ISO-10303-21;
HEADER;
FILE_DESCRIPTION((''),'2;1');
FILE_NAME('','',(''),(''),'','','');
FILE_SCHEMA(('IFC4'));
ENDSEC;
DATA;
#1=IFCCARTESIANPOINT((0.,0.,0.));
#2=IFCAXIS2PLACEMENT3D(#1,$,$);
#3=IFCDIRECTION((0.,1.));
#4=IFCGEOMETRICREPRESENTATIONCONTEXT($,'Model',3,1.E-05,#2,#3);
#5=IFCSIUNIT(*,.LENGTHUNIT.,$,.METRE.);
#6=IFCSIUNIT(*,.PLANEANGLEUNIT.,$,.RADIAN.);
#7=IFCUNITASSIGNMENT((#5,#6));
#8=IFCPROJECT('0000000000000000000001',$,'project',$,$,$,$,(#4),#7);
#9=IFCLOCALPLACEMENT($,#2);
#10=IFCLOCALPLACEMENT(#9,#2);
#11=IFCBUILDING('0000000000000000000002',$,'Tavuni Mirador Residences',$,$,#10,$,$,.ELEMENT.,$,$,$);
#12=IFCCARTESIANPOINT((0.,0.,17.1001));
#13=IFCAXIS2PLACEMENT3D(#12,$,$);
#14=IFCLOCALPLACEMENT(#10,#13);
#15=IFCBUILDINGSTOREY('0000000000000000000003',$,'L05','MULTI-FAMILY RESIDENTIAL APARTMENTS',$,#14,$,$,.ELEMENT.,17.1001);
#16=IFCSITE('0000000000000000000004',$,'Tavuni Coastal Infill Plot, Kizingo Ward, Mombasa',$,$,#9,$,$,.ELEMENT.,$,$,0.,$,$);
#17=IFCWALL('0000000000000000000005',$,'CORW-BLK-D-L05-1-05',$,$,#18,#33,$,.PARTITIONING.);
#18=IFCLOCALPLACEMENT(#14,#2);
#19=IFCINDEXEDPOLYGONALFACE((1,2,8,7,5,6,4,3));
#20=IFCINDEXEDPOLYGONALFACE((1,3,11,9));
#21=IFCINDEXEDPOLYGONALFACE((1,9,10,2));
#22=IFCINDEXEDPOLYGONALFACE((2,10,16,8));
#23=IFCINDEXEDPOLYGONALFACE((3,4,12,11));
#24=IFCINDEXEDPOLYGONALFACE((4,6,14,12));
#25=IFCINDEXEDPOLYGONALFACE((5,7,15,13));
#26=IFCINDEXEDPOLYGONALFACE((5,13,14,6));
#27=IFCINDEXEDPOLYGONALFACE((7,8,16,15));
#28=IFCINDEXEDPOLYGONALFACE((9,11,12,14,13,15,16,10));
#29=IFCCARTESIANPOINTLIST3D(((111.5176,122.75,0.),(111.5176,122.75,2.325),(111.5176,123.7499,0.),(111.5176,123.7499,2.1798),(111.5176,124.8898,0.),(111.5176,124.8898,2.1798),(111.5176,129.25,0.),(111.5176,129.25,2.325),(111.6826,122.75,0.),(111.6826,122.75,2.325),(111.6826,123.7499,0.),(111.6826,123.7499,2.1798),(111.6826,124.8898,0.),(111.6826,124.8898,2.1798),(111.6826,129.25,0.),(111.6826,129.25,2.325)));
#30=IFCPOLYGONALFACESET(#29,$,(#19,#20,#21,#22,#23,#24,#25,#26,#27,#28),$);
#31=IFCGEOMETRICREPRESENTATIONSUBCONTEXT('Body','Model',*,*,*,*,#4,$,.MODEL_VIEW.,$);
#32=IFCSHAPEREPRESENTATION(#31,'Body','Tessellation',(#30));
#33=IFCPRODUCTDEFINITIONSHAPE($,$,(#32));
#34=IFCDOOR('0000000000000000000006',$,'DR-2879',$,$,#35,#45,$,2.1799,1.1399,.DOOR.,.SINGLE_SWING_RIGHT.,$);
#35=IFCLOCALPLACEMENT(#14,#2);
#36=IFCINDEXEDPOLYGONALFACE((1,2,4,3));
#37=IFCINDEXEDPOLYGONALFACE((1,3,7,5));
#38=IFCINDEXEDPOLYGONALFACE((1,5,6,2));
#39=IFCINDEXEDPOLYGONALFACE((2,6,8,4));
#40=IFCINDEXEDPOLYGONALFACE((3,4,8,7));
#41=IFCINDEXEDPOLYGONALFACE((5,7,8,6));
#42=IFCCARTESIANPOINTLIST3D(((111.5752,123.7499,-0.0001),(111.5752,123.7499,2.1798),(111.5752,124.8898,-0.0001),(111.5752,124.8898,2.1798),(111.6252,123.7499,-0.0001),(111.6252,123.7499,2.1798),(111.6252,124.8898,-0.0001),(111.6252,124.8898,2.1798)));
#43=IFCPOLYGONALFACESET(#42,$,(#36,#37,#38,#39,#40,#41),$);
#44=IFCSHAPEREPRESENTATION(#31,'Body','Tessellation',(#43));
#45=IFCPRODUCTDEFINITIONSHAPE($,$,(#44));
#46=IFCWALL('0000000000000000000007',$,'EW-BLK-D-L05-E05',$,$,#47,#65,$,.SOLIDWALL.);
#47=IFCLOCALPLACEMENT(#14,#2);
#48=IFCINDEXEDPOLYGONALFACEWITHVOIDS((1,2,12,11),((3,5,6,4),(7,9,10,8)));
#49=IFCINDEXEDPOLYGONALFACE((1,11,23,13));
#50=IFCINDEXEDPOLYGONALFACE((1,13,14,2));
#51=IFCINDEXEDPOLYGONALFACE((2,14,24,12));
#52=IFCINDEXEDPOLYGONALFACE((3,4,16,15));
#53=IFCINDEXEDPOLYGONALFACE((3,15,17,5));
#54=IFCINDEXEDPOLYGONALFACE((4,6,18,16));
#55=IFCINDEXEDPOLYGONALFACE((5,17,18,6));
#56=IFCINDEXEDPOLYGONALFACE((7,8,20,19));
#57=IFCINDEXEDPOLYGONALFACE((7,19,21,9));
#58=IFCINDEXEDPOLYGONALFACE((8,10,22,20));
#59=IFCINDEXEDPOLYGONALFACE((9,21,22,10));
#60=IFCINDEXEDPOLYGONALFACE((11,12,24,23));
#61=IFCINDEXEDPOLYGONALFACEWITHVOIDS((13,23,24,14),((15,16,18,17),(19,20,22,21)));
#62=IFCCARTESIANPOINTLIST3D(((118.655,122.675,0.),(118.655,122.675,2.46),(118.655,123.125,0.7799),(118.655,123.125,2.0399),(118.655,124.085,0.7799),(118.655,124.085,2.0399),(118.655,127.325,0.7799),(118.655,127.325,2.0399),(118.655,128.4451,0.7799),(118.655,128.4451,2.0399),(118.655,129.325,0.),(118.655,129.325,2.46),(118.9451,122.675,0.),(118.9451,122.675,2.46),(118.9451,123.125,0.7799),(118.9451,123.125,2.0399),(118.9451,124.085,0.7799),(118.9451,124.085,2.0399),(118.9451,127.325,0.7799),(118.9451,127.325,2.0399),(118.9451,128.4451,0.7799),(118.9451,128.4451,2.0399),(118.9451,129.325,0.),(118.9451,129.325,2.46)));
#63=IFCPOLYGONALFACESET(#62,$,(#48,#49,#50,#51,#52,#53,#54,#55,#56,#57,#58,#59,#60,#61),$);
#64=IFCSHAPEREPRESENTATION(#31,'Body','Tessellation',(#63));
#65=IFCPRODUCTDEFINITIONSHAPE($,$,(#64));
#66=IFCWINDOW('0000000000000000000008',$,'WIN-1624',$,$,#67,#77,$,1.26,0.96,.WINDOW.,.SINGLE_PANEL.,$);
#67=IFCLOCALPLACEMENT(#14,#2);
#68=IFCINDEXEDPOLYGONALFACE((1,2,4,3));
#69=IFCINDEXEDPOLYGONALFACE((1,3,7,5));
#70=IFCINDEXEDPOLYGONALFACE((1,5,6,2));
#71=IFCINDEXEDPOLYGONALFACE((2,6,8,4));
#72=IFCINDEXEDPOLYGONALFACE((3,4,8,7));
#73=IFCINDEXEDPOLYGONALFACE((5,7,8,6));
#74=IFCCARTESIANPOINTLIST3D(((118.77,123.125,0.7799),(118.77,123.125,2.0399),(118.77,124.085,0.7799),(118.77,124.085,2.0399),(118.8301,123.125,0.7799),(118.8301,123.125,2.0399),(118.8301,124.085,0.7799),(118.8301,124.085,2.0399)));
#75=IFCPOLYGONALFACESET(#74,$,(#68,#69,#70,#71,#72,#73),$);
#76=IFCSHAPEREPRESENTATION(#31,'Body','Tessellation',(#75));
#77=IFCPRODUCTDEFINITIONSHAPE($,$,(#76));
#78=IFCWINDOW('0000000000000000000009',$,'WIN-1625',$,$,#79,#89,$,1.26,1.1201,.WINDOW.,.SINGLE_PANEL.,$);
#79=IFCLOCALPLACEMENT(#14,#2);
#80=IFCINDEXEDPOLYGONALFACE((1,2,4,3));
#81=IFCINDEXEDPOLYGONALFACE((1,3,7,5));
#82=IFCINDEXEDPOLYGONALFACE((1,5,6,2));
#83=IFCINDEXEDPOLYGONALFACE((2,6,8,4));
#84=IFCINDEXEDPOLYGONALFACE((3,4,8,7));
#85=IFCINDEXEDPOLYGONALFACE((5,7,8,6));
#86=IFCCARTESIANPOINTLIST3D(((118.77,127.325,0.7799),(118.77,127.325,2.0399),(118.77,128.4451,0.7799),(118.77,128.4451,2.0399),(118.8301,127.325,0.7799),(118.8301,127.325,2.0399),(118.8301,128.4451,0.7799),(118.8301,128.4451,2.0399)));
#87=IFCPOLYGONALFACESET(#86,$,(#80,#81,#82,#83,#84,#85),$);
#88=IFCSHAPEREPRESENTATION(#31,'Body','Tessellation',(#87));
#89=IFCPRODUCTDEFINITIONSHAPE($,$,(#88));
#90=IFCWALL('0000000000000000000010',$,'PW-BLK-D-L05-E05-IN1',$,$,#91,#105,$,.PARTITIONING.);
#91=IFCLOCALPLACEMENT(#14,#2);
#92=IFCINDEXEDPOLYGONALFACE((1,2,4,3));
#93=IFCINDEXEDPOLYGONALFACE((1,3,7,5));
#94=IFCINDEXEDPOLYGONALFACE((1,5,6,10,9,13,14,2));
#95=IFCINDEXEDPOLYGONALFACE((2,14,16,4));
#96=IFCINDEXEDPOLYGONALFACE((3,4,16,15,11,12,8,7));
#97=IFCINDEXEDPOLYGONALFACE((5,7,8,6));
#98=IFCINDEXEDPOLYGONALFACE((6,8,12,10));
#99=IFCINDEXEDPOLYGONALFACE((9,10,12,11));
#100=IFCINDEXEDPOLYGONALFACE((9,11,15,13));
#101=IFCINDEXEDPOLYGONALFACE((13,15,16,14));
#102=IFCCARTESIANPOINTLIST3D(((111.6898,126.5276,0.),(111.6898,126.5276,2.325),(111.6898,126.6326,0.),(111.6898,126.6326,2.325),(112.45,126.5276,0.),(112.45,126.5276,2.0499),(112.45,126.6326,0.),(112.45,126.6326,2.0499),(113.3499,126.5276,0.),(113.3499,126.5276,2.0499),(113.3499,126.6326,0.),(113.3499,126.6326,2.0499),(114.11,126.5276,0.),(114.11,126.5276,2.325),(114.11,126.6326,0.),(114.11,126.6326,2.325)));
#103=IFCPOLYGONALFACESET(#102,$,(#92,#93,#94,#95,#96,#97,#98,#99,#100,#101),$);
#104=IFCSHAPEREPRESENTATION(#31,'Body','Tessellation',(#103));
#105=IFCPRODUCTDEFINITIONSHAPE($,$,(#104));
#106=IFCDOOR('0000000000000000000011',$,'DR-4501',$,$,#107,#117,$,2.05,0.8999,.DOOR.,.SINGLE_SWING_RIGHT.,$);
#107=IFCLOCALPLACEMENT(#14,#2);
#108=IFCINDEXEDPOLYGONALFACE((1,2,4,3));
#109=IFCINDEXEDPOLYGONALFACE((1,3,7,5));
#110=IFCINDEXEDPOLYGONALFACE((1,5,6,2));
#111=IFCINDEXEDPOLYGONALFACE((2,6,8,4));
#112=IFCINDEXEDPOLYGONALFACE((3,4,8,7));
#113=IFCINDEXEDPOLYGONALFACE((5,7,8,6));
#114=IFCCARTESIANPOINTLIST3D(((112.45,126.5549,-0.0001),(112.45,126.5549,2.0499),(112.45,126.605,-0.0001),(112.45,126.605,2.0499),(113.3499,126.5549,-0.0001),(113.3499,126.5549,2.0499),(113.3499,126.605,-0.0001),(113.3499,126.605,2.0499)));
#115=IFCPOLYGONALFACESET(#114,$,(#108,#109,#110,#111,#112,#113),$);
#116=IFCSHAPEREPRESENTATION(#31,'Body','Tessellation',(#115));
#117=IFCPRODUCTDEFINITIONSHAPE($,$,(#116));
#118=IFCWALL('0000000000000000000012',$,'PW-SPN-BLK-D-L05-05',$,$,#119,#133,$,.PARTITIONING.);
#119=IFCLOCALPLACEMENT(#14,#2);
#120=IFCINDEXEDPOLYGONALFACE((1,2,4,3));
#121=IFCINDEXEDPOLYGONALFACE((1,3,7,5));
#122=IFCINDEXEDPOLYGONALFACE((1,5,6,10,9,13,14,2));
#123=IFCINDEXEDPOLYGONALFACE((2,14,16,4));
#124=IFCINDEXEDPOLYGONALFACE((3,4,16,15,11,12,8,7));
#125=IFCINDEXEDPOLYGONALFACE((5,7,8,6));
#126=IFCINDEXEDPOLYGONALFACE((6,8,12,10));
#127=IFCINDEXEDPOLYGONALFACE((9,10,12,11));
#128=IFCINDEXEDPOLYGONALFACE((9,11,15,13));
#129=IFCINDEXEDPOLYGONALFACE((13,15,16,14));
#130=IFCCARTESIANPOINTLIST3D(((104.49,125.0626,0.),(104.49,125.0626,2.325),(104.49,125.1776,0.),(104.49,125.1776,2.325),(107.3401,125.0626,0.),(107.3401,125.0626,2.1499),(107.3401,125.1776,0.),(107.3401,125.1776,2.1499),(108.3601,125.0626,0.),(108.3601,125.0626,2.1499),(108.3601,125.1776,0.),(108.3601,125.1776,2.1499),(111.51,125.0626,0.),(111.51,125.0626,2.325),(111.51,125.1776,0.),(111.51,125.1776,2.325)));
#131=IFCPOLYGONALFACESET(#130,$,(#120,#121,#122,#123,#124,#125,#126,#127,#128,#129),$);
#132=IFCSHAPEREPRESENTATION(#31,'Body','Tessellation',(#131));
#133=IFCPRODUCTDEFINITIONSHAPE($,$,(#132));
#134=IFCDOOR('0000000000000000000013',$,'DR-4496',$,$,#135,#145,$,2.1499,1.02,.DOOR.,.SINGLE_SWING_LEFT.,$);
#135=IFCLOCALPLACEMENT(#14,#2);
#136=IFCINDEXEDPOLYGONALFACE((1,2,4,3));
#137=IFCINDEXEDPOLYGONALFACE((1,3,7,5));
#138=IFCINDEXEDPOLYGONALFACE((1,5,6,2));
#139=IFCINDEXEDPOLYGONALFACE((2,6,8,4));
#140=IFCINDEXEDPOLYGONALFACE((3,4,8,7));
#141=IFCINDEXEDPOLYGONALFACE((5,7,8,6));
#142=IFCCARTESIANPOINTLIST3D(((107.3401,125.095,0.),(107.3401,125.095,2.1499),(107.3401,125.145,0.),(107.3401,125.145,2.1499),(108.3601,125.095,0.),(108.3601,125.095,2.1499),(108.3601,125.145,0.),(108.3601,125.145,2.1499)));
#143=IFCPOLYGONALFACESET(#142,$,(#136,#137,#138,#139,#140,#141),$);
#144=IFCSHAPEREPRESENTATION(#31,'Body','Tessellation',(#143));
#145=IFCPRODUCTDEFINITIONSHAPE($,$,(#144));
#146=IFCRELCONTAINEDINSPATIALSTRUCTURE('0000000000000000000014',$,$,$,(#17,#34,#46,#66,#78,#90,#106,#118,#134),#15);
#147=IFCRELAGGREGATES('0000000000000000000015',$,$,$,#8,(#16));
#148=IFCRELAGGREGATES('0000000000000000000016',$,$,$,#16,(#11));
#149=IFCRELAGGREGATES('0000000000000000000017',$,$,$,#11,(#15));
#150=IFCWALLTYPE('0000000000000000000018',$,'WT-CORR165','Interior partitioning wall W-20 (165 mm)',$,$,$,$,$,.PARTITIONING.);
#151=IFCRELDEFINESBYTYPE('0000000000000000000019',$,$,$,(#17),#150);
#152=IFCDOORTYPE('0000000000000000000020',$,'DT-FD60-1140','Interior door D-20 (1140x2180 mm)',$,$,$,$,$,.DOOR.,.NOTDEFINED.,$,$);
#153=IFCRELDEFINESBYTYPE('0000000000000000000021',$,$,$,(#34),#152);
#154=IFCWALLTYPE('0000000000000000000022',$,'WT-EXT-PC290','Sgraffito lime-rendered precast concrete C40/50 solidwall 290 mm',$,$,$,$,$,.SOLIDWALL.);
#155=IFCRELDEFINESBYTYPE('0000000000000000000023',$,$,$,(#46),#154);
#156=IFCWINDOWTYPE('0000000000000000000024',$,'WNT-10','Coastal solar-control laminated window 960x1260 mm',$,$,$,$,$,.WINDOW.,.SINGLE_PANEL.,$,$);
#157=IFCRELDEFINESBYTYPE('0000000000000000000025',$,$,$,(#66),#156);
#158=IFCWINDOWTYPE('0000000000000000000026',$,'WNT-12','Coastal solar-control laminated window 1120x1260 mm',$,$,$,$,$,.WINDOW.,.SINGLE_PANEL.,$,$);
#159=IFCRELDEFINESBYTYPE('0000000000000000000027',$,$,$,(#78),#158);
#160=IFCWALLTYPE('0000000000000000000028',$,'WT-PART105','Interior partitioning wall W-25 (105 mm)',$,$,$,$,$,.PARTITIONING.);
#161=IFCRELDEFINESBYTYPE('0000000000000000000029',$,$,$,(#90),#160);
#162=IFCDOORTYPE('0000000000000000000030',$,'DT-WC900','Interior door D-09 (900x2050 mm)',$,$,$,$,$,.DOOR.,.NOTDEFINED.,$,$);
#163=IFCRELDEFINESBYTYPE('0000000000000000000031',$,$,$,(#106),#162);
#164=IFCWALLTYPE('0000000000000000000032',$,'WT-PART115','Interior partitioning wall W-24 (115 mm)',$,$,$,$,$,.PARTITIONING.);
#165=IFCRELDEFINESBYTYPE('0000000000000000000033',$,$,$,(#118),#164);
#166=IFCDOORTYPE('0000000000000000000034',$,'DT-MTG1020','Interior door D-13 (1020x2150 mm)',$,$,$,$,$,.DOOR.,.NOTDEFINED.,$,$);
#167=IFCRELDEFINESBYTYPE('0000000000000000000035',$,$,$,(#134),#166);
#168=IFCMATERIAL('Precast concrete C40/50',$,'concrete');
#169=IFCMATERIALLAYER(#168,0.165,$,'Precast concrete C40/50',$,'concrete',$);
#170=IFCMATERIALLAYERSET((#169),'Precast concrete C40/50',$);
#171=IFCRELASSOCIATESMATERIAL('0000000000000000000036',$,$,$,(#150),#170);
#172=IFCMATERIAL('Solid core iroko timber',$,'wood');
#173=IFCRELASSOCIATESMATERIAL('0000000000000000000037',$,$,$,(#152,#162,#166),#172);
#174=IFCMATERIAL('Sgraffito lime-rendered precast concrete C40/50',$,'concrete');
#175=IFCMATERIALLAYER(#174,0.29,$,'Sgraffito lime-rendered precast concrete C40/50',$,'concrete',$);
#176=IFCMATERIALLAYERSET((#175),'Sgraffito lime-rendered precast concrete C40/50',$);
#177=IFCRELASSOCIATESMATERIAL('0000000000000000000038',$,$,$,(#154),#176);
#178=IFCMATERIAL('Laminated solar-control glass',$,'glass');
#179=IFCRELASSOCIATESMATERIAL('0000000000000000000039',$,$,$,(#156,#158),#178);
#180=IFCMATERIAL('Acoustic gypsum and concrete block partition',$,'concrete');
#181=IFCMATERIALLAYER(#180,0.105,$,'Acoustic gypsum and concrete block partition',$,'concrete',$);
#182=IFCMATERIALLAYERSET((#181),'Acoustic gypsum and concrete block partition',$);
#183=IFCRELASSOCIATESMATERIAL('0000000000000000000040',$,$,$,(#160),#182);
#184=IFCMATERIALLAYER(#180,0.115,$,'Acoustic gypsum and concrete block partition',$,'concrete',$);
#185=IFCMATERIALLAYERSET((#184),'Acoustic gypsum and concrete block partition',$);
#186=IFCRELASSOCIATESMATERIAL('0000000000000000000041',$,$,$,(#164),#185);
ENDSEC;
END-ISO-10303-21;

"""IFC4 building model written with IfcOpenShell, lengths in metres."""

from ifc_helpers import new_model, si_unit, direction, frame, frame_2d, origin, place, context, subcontext, project, spatial, rectangle, extrude, material, layer, layer_set, type_object, element, fill, save


model = new_model("IFC4")

# Units and contexts
model_context = context("Model", 3, precision=1e-05, world=origin(), true_north=direction((0.0, 1.0)))
body_context = subcontext(model_context, "Body", "Model", "MODEL_VIEW")
ifc_project = project(units=[si_unit("LENGTHUNIT", "METRE"), si_unit("PLANEANGLEUNIT", "RADIAN")], contexts=[model_context])

# Site, building, storey
site_placement = place(None, origin())
site = spatial("IfcSite", under=ifc_project, at=site_placement, Name="Tavuni Coastal Infill Plot, Kizingo Ward, Mombasa", CompositionType="ELEMENT", RefElevation=0.0)
building_placement = place(site_placement, origin())
building = spatial("IfcBuilding", under=site, at=building_placement, Name="Tavuni Mirador Residences", CompositionType="ELEMENT")
storey_placement = place(building_placement, frame((0.0, 0.0, 17.1001)))
storey = spatial("IfcBuildingStorey", under=building, at=storey_placement, Name="L05", Description="MULTI-FAMILY RESIDENTIAL APARTMENTS", CompositionType="ELEMENT", Elevation=17.1001)

# Shared definitions
ifc_material_1 = material(Name="Precast concrete C40/50", Category="concrete")

# Wall, opening, door
ifc_layer_1 = layer(ifc_material_1, 0.165, Name="Precast concrete C40/50", Category="concrete")
ifc_layer_set_1 = layer_set([ifc_layer_1], Name="Precast concrete C40/50")
wall_type_1 = type_object("IfcWallType", Name="WT-CORR165", Description="Interior partitioning wall W-20 (165 mm)", PredefinedType="PARTITIONING", material=ifc_layer_set_1)
wall_1_placement = place(storey_placement, frame((111.6001, 122.75, 0.0), z_axis=(0.0, 0.0, 1.0), x_axis=(0.0, 1.0, 0.0)))
wall_1 = element("IfcWall", 1, at=wall_1_placement, inside=storey, type_object=wall_type_1, Name="CORW-BLK-D-L05-1-05", PredefinedType="PARTITIONING", context=body_context, shape_type="SweptSolid", body=[
    extrude(rectangle(XDim=6.5, YDim=0.165, at=frame_2d((3.25, 0.0))), origin(), (0.0, 0.0, 1.0), 2.325),
])
opening_1_placement = place(wall_1_placement, frame((1.0, 0.0, 0.0)))
opening_1 = element("IfcOpeningElement", 2, at=opening_1_placement, cuts=wall_1, PredefinedType="OPENING", context=body_context, shape_type="SweptSolid", body=[
    extrude(rectangle(XDim=1.1399, YDim=2.1799, at=frame_2d((0.5698, 1.0898))), frame((0.0, 0.0925, 0.0), z_axis=(0.0, -1.0, 0.0), x_axis=(1.0, 0.0, 0.0)), (0.0, 0.0, 1.0), 0.1851),
])
ifc_material_2 = material(Name="Solid core iroko timber", Category="wood")
door_type_1 = type_object("IfcDoorType", Name="DT-FD60-1140", Description="Interior door D-20 (1140x2180 mm)", OperationType="NOTDEFINED", PredefinedType="DOOR", material=ifc_material_2)
door_1_placement = place(opening_1_placement, origin())
door_1 = element("IfcDoor", 3, at=door_1_placement, inside=storey, type_object=door_type_1, Name="DR-2879", OperationType="SINGLE_SWING_RIGHT", OverallHeight=2.1799, OverallWidth=1.1399, PredefinedType="DOOR", context=body_context, shape_type="SweptSolid", body=[
    extrude(rectangle(XDim=1.1399, YDim=2.1799, at=frame_2d((0.5698, 1.0898))), frame((0.0, 0.0249, 0.0), z_axis=(0.0, -1.0, 0.0), x_axis=(1.0, 0.0, 0.0)), (0.0, 0.0, 1.0), 0.05),
])
fill(opening_1, door_1)

# Wall, openings, windows
ifc_material_3 = material(Name="Sgraffito lime-rendered precast concrete C40/50", Category="concrete")
ifc_layer_2 = layer(ifc_material_3, 0.29, Name="Sgraffito lime-rendered precast concrete C40/50", Category="concrete")
ifc_layer_set_2 = layer_set([ifc_layer_2], Name="Sgraffito lime-rendered precast concrete C40/50")
wall_type_2 = type_object("IfcWallType", Name="WT-EXT-PC290", Description="Sgraffito lime-rendered precast concrete C40/50 solidwall 290 mm", PredefinedType="SOLIDWALL", material=ifc_layer_set_2)
wall_2_placement = place(storey_placement, frame((118.8, 122.675, 0.0), z_axis=(0.0, 0.0, 1.0), x_axis=(0.0, 1.0, 0.0)))
wall_2 = element("IfcWall", 4, at=wall_2_placement, inside=storey, type_object=wall_type_2, Name="EW-BLK-D-L05-E05", PredefinedType="SOLIDWALL", context=body_context, shape_type="SweptSolid", body=[
    extrude(rectangle(XDim=6.6499, YDim=0.29, at=frame_2d((3.325, 0.0))), origin(), (0.0, 0.0, 1.0), 2.46),
])
opening_2_placement = place(wall_2_placement, frame((0.45, 0.0, 0.78)))
opening_2 = element("IfcOpeningElement", 5, at=opening_2_placement, cuts=wall_2, PredefinedType="OPENING", context=body_context, shape_type="SweptSolid", body=[
    extrude(rectangle(XDim=0.96, YDim=1.26, at=frame_2d((0.48, 0.6299))), frame((0.0, 0.155, 0.0), z_axis=(0.0, -1.0, 0.0), x_axis=(1.0, 0.0, 0.0)), (0.0, 0.0, 1.0), 0.3101),
])
opening_3_placement = place(wall_2_placement, frame((4.6499, 0.0, 0.78)))
opening_3 = element("IfcOpeningElement", 6, at=opening_3_placement, cuts=wall_2, PredefinedType="OPENING", context=body_context, shape_type="SweptSolid", body=[
    extrude(rectangle(XDim=1.1201, YDim=1.26, at=frame_2d((0.5601, 0.6299))), frame((0.0, 0.155, 0.0), z_axis=(0.0, -1.0, 0.0), x_axis=(1.0, 0.0, 0.0)), (0.0, 0.0, 1.0), 0.3101),
])
ifc_material_4 = material(Name="Laminated solar-control glass", Category="glass")
window_type_1 = type_object("IfcWindowType", Name="WNT-10", Description="Coastal solar-control laminated window 960x1260 mm", PartitioningType="SINGLE_PANEL", PredefinedType="WINDOW", material=ifc_material_4)
window_1_placement = place(opening_2_placement, origin())
window_1 = element("IfcWindow", 7, at=window_1_placement, inside=storey, type_object=window_type_1, Name="WIN-1624", OverallHeight=1.26, OverallWidth=0.96, PartitioningType="SINGLE_PANEL", PredefinedType="WINDOW", context=body_context, shape_type="SweptSolid", body=[
    extrude(rectangle(XDim=0.96, YDim=1.26, at=frame_2d((0.48, 0.6299))), frame((0.0, 0.03, 0.0), z_axis=(0.0, -1.0, 0.0), x_axis=(1.0, 0.0, 0.0)), (0.0, 0.0, 1.0), 0.0601),
])
fill(opening_2, window_1)
window_type_2 = type_object("IfcWindowType", Name="WNT-12", Description="Coastal solar-control laminated window 1120x1260 mm", PartitioningType="SINGLE_PANEL", PredefinedType="WINDOW", material=ifc_material_4)
window_2_placement = place(opening_3_placement, origin())
window_2 = element("IfcWindow", 8, at=window_2_placement, inside=storey, type_object=window_type_2, Name="WIN-1625", OverallHeight=1.26, OverallWidth=1.1201, PartitioningType="SINGLE_PANEL", PredefinedType="WINDOW", context=body_context, shape_type="SweptSolid", body=[
    extrude(rectangle(XDim=1.1201, YDim=1.26, at=frame_2d((0.5601, 0.6299))), frame((0.0, 0.03, 0.0), z_axis=(0.0, -1.0, 0.0), x_axis=(1.0, 0.0, 0.0)), (0.0, 0.0, 1.0), 0.0601),
])
fill(opening_3, window_2)

# Walls, openings, doors
ifc_material_5 = material(Name="Acoustic gypsum and concrete block partition", Category="concrete")
ifc_layer_3 = layer(ifc_material_5, 0.105, Name="Acoustic gypsum and concrete block partition", Category="concrete")
ifc_layer_set_3 = layer_set([ifc_layer_3], Name="Acoustic gypsum and concrete block partition")
wall_type_3 = type_object("IfcWallType", Name="WT-PART105", Description="Interior partitioning wall W-25 (105 mm)", PredefinedType="PARTITIONING", material=ifc_layer_set_3)
wall_3_placement = place(storey_placement, frame((111.6899, 126.5801, 0.0), z_axis=(0.0, 0.0, 1.0), x_axis=(1.0, 0.0, 0.0)))
wall_3 = element("IfcWall", 9, at=wall_3_placement, inside=storey, type_object=wall_type_3, Name="PW-BLK-D-L05-E05-IN1", PredefinedType="PARTITIONING", context=body_context, shape_type="SweptSolid", body=[
    extrude(rectangle(XDim=2.4202, YDim=0.105, at=frame_2d((1.21, 0.0))), origin(), (0.0, 0.0, 1.0), 2.325),
])
opening_4_placement = place(wall_3_placement, frame((0.76, 0.0, 0.0)))
opening_4 = element("IfcOpeningElement", 10, at=opening_4_placement, cuts=wall_3, PredefinedType="OPENING", context=body_context, shape_type="SweptSolid", body=[
    extrude(rectangle(XDim=0.8999, YDim=2.05, at=frame_2d((0.45, 1.0249))), frame((0.0, 0.0625, 0.0), z_axis=(0.0, -1.0, 0.0), x_axis=(1.0, 0.0, 0.0)), (0.0, 0.0, 1.0), 0.125),
])
door_type_2 = type_object("IfcDoorType", Name="DT-WC900", Description="Interior door D-09 (900x2050 mm)", OperationType="NOTDEFINED", PredefinedType="DOOR", material=ifc_material_2)
door_2_placement = place(opening_4_placement, origin())
door_2 = element("IfcDoor", 11, at=door_2_placement, inside=storey, type_object=door_type_2, Name="DR-4501", OperationType="SINGLE_SWING_RIGHT", OverallHeight=2.05, OverallWidth=0.8999, PredefinedType="DOOR", context=body_context, shape_type="SweptSolid", body=[
    extrude(rectangle(XDim=0.8999, YDim=2.05, at=frame_2d((0.45, 1.0249))), frame((0.0, 0.0249, 0.0), z_axis=(0.0, -1.0, 0.0), x_axis=(1.0, 0.0, 0.0)), (0.0, 0.0, 1.0), 0.05),
])
fill(opening_4, door_2)
ifc_layer_4 = layer(ifc_material_5, 0.115, Name="Acoustic gypsum and concrete block partition", Category="concrete")
ifc_layer_set_4 = layer_set([ifc_layer_4], Name="Acoustic gypsum and concrete block partition")
wall_type_4 = type_object("IfcWallType", Name="WT-PART115", Description="Interior partitioning wall W-24 (115 mm)", PredefinedType="PARTITIONING", material=ifc_layer_set_4)
wall_4_placement = place(storey_placement, frame((104.49, 125.1201, 0.0), z_axis=(0.0, 0.0, 1.0), x_axis=(1.0, 0.0, 0.0)))
wall_4 = element("IfcWall", 12, at=wall_4_placement, inside=storey, type_object=wall_type_4, Name="PW-SPN-BLK-D-L05-05", PredefinedType="PARTITIONING", context=body_context, shape_type="SweptSolid", body=[
    extrude(rectangle(XDim=7.02, YDim=0.115, at=frame_2d((3.51, 0.0))), origin(), (0.0, 0.0, 1.0), 2.325),
])
opening_5_placement = place(wall_4_placement, frame((2.8501, 0.0, 0.0)))
opening_5 = element("IfcOpeningElement", 13, at=opening_5_placement, cuts=wall_4, PredefinedType="OPENING", context=body_context, shape_type="SweptSolid", body=[
    extrude(rectangle(XDim=1.02, YDim=2.1499, at=frame_2d((0.51, 1.075))), frame((0.0, 0.0674, 0.0), z_axis=(0.0, -1.0, 0.0), x_axis=(1.0, 0.0, 0.0)), (0.0, 0.0, 1.0), 0.135),
])
door_type_3 = type_object("IfcDoorType", Name="DT-MTG1020", Description="Interior door D-13 (1020x2150 mm)", OperationType="NOTDEFINED", PredefinedType="DOOR", material=ifc_material_2)
door_3_placement = place(opening_5_placement, origin())
door_3 = element("IfcDoor", 14, at=door_3_placement, inside=storey, type_object=door_type_3, Name="DR-4496", OperationType="SINGLE_SWING_LEFT", OverallHeight=2.1499, OverallWidth=1.02, PredefinedType="DOOR", context=body_context, shape_type="SweptSolid", body=[
    extrude(rectangle(XDim=1.02, YDim=2.1499, at=frame_2d((0.51, 1.075))), frame((0.0, 0.0249, 0.0), z_axis=(0.0, -1.0, 0.0), x_axis=(1.0, 0.0, 0.0)), (0.0, 0.0, 1.0), 0.05),
])
fill(opening_5, door_3)

save(model, "model.ifc")
